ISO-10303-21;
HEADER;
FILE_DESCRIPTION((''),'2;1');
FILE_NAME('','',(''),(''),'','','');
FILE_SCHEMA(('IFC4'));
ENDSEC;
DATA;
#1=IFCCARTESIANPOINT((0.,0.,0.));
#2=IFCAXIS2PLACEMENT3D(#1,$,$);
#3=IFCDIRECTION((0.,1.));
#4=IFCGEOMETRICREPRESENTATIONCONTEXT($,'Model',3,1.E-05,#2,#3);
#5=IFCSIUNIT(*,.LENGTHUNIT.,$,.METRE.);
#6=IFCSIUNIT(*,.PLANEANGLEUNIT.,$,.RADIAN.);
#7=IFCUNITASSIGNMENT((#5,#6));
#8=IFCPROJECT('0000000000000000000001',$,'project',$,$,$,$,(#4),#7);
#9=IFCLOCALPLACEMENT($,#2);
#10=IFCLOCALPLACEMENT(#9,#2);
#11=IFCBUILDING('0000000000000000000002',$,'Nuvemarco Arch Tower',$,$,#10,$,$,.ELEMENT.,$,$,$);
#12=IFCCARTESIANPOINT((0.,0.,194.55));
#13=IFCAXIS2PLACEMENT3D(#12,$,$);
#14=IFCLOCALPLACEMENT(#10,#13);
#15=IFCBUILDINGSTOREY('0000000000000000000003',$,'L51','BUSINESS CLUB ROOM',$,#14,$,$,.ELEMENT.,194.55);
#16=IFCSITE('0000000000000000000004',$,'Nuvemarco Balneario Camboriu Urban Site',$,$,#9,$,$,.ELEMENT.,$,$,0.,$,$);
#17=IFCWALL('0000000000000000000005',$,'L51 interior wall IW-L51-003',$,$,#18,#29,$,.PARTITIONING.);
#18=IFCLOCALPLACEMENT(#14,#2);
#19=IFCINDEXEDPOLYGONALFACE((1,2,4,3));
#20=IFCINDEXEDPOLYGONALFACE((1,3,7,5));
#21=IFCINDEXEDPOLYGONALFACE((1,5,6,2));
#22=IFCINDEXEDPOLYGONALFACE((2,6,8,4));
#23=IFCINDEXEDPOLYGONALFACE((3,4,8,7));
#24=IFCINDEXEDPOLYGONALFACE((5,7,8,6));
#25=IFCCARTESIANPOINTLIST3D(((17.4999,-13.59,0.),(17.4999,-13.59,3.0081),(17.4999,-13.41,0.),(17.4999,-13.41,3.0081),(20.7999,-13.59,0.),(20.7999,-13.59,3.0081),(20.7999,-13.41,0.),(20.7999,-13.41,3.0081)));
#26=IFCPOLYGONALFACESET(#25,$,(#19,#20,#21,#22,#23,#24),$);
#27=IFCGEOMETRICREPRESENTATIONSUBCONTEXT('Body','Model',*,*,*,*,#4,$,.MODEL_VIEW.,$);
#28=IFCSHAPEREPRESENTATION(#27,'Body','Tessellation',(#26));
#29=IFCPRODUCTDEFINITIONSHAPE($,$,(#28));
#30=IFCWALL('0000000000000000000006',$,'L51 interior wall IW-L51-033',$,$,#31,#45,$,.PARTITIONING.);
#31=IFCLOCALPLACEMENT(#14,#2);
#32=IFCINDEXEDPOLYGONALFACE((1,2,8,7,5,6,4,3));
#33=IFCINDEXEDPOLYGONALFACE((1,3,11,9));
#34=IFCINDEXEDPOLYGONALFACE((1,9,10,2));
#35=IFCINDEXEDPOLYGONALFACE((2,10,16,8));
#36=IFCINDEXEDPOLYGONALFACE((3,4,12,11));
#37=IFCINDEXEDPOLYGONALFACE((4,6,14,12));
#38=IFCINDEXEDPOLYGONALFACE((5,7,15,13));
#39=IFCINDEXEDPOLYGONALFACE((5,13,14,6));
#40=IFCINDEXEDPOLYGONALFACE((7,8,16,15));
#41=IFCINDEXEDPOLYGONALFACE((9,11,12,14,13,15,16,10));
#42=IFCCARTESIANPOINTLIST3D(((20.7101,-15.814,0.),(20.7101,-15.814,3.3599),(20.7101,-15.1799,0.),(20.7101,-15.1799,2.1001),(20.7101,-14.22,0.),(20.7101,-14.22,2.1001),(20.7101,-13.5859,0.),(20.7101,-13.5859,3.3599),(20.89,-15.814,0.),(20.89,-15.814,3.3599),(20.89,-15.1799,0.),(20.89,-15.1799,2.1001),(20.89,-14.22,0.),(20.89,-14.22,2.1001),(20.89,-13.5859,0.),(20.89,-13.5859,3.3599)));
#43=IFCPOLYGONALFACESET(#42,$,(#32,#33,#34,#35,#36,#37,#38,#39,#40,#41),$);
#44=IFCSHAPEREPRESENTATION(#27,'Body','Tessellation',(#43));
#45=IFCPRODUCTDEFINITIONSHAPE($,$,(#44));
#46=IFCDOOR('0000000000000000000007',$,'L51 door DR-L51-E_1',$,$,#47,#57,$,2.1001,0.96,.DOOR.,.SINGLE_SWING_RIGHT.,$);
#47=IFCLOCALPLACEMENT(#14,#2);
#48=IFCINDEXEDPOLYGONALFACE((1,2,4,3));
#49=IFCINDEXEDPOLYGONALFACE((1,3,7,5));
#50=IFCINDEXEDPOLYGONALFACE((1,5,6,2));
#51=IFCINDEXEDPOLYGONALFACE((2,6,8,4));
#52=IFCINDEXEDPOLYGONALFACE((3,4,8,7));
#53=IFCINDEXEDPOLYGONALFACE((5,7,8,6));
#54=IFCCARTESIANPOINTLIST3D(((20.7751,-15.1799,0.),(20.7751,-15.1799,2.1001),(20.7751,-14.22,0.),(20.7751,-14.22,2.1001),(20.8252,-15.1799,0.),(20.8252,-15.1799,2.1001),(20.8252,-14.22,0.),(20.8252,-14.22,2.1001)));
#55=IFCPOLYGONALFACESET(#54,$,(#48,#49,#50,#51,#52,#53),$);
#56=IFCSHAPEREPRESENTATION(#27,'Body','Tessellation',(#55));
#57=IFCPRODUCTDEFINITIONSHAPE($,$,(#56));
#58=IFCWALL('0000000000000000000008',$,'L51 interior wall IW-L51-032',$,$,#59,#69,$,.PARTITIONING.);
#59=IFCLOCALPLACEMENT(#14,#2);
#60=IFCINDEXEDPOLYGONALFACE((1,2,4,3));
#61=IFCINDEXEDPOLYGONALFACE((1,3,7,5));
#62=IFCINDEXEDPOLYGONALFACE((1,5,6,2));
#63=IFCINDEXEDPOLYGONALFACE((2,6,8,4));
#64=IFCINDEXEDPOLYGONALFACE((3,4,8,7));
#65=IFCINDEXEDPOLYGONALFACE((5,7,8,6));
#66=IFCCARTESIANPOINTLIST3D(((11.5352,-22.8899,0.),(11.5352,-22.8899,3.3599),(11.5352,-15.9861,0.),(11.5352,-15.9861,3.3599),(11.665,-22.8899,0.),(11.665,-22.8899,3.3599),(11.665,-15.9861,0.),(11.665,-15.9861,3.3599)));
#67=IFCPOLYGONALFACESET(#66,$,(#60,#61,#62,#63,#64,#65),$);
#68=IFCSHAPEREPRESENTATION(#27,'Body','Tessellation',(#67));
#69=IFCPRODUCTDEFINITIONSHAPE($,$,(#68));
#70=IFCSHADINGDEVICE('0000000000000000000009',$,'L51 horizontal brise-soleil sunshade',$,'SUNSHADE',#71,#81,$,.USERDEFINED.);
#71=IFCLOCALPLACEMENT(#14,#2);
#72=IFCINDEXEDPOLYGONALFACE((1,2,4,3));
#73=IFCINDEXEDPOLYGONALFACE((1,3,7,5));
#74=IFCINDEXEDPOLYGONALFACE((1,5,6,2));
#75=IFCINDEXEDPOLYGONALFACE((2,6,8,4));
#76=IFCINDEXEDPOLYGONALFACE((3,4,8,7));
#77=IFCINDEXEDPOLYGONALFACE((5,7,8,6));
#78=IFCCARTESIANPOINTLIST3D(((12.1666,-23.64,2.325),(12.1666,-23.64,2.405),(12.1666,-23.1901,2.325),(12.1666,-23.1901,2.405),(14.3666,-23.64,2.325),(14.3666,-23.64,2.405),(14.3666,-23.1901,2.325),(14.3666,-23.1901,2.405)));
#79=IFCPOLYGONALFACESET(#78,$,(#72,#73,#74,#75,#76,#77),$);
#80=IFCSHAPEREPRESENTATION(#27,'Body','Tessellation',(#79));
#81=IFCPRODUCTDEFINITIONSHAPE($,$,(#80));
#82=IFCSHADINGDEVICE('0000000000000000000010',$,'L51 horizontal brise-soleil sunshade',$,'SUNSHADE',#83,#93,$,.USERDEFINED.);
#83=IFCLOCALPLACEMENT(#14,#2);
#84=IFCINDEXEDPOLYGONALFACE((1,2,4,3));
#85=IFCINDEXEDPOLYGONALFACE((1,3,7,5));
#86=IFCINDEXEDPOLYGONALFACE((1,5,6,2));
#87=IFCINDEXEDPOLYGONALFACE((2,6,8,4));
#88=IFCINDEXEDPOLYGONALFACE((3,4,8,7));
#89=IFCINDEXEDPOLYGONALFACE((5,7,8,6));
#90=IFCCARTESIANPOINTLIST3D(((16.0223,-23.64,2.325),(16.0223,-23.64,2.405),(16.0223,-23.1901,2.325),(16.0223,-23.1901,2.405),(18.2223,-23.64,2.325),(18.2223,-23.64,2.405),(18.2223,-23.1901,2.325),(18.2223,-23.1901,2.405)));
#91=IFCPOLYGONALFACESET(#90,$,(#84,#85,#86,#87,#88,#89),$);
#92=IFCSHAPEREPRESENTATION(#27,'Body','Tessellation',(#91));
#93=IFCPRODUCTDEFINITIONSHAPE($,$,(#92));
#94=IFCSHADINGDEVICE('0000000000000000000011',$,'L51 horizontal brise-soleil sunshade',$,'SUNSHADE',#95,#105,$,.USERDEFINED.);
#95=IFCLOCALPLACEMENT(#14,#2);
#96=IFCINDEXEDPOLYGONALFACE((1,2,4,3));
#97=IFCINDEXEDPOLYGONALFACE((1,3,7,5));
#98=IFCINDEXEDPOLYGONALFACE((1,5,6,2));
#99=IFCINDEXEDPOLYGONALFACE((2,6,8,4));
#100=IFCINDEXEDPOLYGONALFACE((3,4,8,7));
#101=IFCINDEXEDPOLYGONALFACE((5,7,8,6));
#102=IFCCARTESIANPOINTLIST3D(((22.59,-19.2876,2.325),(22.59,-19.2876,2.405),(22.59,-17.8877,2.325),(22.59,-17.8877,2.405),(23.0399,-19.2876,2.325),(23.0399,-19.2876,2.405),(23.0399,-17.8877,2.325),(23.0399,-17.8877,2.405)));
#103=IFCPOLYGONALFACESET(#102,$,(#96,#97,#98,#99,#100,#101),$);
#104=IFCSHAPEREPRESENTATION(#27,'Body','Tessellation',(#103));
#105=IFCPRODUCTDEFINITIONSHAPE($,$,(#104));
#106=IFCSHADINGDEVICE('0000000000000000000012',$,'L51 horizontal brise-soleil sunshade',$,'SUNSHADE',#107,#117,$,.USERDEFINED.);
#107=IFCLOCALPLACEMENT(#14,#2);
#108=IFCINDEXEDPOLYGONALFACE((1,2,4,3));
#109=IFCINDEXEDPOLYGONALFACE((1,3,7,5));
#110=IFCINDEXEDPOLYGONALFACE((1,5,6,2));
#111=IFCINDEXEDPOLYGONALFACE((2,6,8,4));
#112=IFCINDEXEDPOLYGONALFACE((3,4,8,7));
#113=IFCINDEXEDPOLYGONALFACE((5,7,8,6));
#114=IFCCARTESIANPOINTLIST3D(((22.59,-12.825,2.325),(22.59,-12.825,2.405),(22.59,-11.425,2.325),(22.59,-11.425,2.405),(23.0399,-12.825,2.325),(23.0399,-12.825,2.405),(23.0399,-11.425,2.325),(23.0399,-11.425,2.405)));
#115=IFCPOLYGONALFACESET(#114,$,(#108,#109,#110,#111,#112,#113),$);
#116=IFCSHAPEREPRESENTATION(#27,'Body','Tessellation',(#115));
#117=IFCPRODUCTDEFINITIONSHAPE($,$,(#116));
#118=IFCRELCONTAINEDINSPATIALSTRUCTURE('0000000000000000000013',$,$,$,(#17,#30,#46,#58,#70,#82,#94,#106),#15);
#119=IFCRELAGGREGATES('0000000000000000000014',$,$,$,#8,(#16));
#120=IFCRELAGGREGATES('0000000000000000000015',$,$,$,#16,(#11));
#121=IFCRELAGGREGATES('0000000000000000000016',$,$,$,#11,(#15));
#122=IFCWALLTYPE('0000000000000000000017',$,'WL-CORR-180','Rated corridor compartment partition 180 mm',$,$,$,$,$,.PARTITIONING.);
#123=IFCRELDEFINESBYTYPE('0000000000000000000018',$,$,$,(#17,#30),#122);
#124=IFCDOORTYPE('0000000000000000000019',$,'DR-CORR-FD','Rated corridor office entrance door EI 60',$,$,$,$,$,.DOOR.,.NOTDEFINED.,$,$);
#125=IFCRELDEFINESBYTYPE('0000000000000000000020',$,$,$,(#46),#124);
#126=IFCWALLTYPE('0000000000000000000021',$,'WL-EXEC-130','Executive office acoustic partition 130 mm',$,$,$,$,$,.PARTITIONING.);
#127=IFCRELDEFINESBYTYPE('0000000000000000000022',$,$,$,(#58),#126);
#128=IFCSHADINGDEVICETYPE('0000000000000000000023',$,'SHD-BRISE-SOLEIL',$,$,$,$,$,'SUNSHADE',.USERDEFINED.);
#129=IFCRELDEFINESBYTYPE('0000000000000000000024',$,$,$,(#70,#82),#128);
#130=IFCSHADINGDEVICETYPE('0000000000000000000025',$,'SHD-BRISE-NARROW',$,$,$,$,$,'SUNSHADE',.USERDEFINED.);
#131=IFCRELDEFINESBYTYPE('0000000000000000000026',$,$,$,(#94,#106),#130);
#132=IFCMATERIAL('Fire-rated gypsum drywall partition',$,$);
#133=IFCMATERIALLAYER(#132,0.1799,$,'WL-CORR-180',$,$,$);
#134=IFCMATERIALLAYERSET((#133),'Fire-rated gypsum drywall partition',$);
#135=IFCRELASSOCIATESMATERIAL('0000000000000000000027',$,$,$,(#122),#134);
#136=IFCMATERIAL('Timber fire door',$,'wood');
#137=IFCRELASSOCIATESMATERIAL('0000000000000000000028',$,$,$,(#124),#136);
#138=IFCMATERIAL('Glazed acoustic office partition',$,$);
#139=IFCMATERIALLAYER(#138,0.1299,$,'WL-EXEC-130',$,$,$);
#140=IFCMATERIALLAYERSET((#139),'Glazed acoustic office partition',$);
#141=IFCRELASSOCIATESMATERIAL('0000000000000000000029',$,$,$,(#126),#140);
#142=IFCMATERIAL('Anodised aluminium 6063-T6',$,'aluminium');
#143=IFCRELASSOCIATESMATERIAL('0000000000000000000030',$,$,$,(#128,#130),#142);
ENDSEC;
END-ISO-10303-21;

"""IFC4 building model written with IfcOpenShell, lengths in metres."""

from ifc_helpers import new_model, si_unit, direction, frame, frame_2d, origin, origin_2d, place, context, subcontext, project, spatial, rectangle, extrude, source, transform, mapped, material, layer, layer_set, type_object, type_shapes, element, fill, save


model = new_model("IFC4")

# Units and contexts
model_context = context("Model", 3, precision=1e-05, world=origin(), true_north=direction((0.0, 1.0)))
body_context = subcontext(model_context, "Body", "Model", "MODEL_VIEW")
ifc_project = project(units=[si_unit("LENGTHUNIT", "METRE"), si_unit("PLANEANGLEUNIT", "RADIAN")], contexts=[model_context])

# Site, building, storey
site_placement = place(None, origin())
site = spatial("IfcSite", under=ifc_project, at=site_placement, Name="Nuvemarco Balneario Camboriu Urban Site", CompositionType="ELEMENT", RefElevation=0.0)
building_placement = place(site_placement, origin())
building = spatial("IfcBuilding", under=site, at=building_placement, Name="Nuvemarco Arch Tower", CompositionType="ELEMENT")
storey_placement = place(building_placement, frame((0.0, 0.0, 194.55)))
storey = spatial("IfcBuildingStorey", under=building, at=storey_placement, Name="L51", Description="BUSINESS CLUB ROOM", CompositionType="ELEMENT", Elevation=194.55)

# Wall
ifc_material_1 = material(Name="Fire-rated gypsum drywall partition")
ifc_layer_1 = layer(ifc_material_1, 0.1799, Name="WL-CORR-180")
ifc_layer_set_1 = layer_set([ifc_layer_1], Name="Fire-rated gypsum drywall partition")
wall_type_1 = type_object("IfcWallType", Name="WL-CORR-180", Description="Rated corridor compartment partition 180 mm", PredefinedType="PARTITIONING", material=ifc_layer_set_1)
wall_1_placement = place(storey_placement, frame((17.5, -13.5, 0.0), z_axis=(0.0, 0.0, 1.0), x_axis=(1.0, 0.0, 0.0)))
element("IfcWall", 1, at=wall_1_placement, inside=storey, type_object=wall_type_1, Name="L51 interior wall IW-L51-003", PredefinedType="PARTITIONING", context=body_context, shape_type="SweptSolid", body=[
    extrude(rectangle(XDim=3.3, YDim=0.1799, at=frame_2d((1.6499, 0.0))), origin(), (0.0, 0.0, 1.0), 3.0081),
])

# Wall, opening, door
wall_2_placement = place(storey_placement, frame((20.8, -15.814, 0.0), z_axis=(0.0, 0.0, 1.0), x_axis=(0.0, 1.0, 0.0)))
wall_2 = element("IfcWall", 2, at=wall_2_placement, inside=storey, type_object=wall_type_1, Name="L51 interior wall IW-L51-033", PredefinedType="PARTITIONING", context=body_context, shape_type="SweptSolid", body=[
    extrude(rectangle(XDim=2.228, YDim=0.1799, at=frame_2d((1.114, 0.0))), origin(), (0.0, 0.0, 1.0), 3.3599),
])
opening_1_placement = place(wall_2_placement, frame((0.634, 0.0, 0.0)))
opening_1 = element("IfcOpeningElement", 3, at=opening_1_placement, cuts=wall_2, PredefinedType="OPENING", context=body_context, shape_type="SweptSolid", body=[
    extrude(rectangle(XDim=0.96, YDim=2.1001, at=frame_2d((0.48, 1.05))), frame((0.0, 0.0999, 0.0), z_axis=(0.0, -1.0, 0.0), x_axis=(1.0, 0.0, 0.0)), (0.0, 0.0, 1.0), 0.2),
])
ifc_material_2 = material(Name="Timber fire door", Category="wood")
door_type_1 = type_object("IfcDoorType", Name="DR-CORR-FD", Description="Rated corridor office entrance door EI 60", OperationType="NOTDEFINED", PredefinedType="DOOR", material=ifc_material_2)
shared_shape_1 = source(origin(), body_context, "Body", "SweptSolid", [
    extrude(rectangle(XDim=0.96, YDim=2.1001, at=frame_2d((0.48, 1.05))), frame((0.0, 0.0249, 0.0), z_axis=(0.0, -1.0, 0.0), x_axis=(1.0, 0.0, 0.0)), (0.0, 0.0, 1.0), 0.05),
])
type_shapes(door_type_1, [shared_shape_1])
door_1_placement = place(opening_1_placement, origin())
door_1 = element("IfcDoor", 4, at=door_1_placement, inside=storey, type_object=door_type_1, Name="L51 door DR-L51-E_1", OperationType="SINGLE_SWING_RIGHT", OverallHeight=2.1001, OverallWidth=0.96, PredefinedType="DOOR", context=body_context, shape_type="MappedRepresentation", body=[
    mapped(shared_shape_1, transform((0.0, 0.0, 0.0), scale=1.0)),
])
fill(opening_1, door_1)

# Wall
ifc_material_3 = material(Name="Glazed acoustic office partition")
ifc_layer_2 = layer(ifc_material_3, 0.1299, Name="WL-EXEC-130")
ifc_layer_set_2 = layer_set([ifc_layer_2], Name="Glazed acoustic office partition")
wall_type_2 = type_object("IfcWallType", Name="WL-EXEC-130", Description="Executive office acoustic partition 130 mm", PredefinedType="PARTITIONING", material=ifc_layer_set_2)
wall_3_placement = place(storey_placement, frame((11.6001, -22.8899, 0.0), z_axis=(0.0, 0.0, 1.0), x_axis=(0.0, 1.0, 0.0)))
element("IfcWall", 5, at=wall_3_placement, inside=storey, type_object=wall_type_2, Name="L51 interior wall IW-L51-032", PredefinedType="PARTITIONING", context=body_context, shape_type="SweptSolid", body=[
    extrude(rectangle(XDim=6.9038, YDim=0.1299, at=frame_2d((3.4519, 0.0))), origin(), (0.0, 0.0, 1.0), 3.3599),
])

# Shading devices
ifc_material_4 = material(Name="Anodised aluminium 6063-T6", Category="aluminium")
shading_device_type_1 = type_object("IfcShadingDeviceType", Name="SHD-BRISE-SOLEIL", ElementType="SUNSHADE", PredefinedType="USERDEFINED", material=ifc_material_4)
shared_shape_2 = source(origin(), body_context, "Body", "SweptSolid", [
    extrude(rectangle(XDim=2.2, YDim=0.45, at=origin_2d()), origin(), (0.0, 0.0, 1.0), 0.0801),
])
type_shapes(shading_device_type_1, [shared_shape_2])
for number, where, z_axis, x_axis, name in (
    (6, (13.2666, -23.415, 2.325), (0.0, 0.0, 1.0), (1.0, 0.0, 0.0), "L51 horizontal brise-soleil sunshade"),
    (7, (17.1223, -23.415, 2.325), (0.0, 0.0, 1.0), (1.0, 0.0, 0.0), "L51 horizontal brise-soleil sunshade"),
):
    element("IfcShadingDevice", number, at=place(storey_placement, frame(where, z_axis=z_axis, x_axis=x_axis)), inside=storey, type_object=shading_device_type_1, Name=name, ObjectType="SUNSHADE", PredefinedType="USERDEFINED", context=body_context, shape_type="MappedRepresentation", body=[
        mapped(shared_shape_2, transform((0.0, 0.0, 0.0), scale=1.0)),
    ])
shading_device_type_2 = type_object("IfcShadingDeviceType", Name="SHD-BRISE-NARROW", ElementType="SUNSHADE", PredefinedType="USERDEFINED", material=ifc_material_4)
shared_shape_3 = source(origin(), body_context, "Body", "SweptSolid", [
    extrude(rectangle(XDim=1.3999, YDim=0.45, at=origin_2d()), origin(), (0.0, 0.0, 1.0), 0.0801),
])
type_shapes(shading_device_type_2, [shared_shape_3])
for number, where, z_axis, x_axis, name in (
    (8, (22.8149, -18.5876, 2.325), (0.0, 0.0, 1.0), (0.0, 1.0, 0.0), "L51 horizontal brise-soleil sunshade"),
    (9, (22.8149, -12.125, 2.325), (0.0, 0.0, 1.0), (0.0, 1.0, 0.0), "L51 horizontal brise-soleil sunshade"),
):
    element("IfcShadingDevice", number, at=place(storey_placement, frame(where, z_axis=z_axis, x_axis=x_axis)), inside=storey, type_object=shading_device_type_2, Name=name, ObjectType="SUNSHADE", PredefinedType="USERDEFINED", context=body_context, shape_type="MappedRepresentation", body=[
        mapped(shared_shape_3, transform((0.0, 0.0, 0.0), scale=1.0)),
    ])

save(model, "model.ifc")
